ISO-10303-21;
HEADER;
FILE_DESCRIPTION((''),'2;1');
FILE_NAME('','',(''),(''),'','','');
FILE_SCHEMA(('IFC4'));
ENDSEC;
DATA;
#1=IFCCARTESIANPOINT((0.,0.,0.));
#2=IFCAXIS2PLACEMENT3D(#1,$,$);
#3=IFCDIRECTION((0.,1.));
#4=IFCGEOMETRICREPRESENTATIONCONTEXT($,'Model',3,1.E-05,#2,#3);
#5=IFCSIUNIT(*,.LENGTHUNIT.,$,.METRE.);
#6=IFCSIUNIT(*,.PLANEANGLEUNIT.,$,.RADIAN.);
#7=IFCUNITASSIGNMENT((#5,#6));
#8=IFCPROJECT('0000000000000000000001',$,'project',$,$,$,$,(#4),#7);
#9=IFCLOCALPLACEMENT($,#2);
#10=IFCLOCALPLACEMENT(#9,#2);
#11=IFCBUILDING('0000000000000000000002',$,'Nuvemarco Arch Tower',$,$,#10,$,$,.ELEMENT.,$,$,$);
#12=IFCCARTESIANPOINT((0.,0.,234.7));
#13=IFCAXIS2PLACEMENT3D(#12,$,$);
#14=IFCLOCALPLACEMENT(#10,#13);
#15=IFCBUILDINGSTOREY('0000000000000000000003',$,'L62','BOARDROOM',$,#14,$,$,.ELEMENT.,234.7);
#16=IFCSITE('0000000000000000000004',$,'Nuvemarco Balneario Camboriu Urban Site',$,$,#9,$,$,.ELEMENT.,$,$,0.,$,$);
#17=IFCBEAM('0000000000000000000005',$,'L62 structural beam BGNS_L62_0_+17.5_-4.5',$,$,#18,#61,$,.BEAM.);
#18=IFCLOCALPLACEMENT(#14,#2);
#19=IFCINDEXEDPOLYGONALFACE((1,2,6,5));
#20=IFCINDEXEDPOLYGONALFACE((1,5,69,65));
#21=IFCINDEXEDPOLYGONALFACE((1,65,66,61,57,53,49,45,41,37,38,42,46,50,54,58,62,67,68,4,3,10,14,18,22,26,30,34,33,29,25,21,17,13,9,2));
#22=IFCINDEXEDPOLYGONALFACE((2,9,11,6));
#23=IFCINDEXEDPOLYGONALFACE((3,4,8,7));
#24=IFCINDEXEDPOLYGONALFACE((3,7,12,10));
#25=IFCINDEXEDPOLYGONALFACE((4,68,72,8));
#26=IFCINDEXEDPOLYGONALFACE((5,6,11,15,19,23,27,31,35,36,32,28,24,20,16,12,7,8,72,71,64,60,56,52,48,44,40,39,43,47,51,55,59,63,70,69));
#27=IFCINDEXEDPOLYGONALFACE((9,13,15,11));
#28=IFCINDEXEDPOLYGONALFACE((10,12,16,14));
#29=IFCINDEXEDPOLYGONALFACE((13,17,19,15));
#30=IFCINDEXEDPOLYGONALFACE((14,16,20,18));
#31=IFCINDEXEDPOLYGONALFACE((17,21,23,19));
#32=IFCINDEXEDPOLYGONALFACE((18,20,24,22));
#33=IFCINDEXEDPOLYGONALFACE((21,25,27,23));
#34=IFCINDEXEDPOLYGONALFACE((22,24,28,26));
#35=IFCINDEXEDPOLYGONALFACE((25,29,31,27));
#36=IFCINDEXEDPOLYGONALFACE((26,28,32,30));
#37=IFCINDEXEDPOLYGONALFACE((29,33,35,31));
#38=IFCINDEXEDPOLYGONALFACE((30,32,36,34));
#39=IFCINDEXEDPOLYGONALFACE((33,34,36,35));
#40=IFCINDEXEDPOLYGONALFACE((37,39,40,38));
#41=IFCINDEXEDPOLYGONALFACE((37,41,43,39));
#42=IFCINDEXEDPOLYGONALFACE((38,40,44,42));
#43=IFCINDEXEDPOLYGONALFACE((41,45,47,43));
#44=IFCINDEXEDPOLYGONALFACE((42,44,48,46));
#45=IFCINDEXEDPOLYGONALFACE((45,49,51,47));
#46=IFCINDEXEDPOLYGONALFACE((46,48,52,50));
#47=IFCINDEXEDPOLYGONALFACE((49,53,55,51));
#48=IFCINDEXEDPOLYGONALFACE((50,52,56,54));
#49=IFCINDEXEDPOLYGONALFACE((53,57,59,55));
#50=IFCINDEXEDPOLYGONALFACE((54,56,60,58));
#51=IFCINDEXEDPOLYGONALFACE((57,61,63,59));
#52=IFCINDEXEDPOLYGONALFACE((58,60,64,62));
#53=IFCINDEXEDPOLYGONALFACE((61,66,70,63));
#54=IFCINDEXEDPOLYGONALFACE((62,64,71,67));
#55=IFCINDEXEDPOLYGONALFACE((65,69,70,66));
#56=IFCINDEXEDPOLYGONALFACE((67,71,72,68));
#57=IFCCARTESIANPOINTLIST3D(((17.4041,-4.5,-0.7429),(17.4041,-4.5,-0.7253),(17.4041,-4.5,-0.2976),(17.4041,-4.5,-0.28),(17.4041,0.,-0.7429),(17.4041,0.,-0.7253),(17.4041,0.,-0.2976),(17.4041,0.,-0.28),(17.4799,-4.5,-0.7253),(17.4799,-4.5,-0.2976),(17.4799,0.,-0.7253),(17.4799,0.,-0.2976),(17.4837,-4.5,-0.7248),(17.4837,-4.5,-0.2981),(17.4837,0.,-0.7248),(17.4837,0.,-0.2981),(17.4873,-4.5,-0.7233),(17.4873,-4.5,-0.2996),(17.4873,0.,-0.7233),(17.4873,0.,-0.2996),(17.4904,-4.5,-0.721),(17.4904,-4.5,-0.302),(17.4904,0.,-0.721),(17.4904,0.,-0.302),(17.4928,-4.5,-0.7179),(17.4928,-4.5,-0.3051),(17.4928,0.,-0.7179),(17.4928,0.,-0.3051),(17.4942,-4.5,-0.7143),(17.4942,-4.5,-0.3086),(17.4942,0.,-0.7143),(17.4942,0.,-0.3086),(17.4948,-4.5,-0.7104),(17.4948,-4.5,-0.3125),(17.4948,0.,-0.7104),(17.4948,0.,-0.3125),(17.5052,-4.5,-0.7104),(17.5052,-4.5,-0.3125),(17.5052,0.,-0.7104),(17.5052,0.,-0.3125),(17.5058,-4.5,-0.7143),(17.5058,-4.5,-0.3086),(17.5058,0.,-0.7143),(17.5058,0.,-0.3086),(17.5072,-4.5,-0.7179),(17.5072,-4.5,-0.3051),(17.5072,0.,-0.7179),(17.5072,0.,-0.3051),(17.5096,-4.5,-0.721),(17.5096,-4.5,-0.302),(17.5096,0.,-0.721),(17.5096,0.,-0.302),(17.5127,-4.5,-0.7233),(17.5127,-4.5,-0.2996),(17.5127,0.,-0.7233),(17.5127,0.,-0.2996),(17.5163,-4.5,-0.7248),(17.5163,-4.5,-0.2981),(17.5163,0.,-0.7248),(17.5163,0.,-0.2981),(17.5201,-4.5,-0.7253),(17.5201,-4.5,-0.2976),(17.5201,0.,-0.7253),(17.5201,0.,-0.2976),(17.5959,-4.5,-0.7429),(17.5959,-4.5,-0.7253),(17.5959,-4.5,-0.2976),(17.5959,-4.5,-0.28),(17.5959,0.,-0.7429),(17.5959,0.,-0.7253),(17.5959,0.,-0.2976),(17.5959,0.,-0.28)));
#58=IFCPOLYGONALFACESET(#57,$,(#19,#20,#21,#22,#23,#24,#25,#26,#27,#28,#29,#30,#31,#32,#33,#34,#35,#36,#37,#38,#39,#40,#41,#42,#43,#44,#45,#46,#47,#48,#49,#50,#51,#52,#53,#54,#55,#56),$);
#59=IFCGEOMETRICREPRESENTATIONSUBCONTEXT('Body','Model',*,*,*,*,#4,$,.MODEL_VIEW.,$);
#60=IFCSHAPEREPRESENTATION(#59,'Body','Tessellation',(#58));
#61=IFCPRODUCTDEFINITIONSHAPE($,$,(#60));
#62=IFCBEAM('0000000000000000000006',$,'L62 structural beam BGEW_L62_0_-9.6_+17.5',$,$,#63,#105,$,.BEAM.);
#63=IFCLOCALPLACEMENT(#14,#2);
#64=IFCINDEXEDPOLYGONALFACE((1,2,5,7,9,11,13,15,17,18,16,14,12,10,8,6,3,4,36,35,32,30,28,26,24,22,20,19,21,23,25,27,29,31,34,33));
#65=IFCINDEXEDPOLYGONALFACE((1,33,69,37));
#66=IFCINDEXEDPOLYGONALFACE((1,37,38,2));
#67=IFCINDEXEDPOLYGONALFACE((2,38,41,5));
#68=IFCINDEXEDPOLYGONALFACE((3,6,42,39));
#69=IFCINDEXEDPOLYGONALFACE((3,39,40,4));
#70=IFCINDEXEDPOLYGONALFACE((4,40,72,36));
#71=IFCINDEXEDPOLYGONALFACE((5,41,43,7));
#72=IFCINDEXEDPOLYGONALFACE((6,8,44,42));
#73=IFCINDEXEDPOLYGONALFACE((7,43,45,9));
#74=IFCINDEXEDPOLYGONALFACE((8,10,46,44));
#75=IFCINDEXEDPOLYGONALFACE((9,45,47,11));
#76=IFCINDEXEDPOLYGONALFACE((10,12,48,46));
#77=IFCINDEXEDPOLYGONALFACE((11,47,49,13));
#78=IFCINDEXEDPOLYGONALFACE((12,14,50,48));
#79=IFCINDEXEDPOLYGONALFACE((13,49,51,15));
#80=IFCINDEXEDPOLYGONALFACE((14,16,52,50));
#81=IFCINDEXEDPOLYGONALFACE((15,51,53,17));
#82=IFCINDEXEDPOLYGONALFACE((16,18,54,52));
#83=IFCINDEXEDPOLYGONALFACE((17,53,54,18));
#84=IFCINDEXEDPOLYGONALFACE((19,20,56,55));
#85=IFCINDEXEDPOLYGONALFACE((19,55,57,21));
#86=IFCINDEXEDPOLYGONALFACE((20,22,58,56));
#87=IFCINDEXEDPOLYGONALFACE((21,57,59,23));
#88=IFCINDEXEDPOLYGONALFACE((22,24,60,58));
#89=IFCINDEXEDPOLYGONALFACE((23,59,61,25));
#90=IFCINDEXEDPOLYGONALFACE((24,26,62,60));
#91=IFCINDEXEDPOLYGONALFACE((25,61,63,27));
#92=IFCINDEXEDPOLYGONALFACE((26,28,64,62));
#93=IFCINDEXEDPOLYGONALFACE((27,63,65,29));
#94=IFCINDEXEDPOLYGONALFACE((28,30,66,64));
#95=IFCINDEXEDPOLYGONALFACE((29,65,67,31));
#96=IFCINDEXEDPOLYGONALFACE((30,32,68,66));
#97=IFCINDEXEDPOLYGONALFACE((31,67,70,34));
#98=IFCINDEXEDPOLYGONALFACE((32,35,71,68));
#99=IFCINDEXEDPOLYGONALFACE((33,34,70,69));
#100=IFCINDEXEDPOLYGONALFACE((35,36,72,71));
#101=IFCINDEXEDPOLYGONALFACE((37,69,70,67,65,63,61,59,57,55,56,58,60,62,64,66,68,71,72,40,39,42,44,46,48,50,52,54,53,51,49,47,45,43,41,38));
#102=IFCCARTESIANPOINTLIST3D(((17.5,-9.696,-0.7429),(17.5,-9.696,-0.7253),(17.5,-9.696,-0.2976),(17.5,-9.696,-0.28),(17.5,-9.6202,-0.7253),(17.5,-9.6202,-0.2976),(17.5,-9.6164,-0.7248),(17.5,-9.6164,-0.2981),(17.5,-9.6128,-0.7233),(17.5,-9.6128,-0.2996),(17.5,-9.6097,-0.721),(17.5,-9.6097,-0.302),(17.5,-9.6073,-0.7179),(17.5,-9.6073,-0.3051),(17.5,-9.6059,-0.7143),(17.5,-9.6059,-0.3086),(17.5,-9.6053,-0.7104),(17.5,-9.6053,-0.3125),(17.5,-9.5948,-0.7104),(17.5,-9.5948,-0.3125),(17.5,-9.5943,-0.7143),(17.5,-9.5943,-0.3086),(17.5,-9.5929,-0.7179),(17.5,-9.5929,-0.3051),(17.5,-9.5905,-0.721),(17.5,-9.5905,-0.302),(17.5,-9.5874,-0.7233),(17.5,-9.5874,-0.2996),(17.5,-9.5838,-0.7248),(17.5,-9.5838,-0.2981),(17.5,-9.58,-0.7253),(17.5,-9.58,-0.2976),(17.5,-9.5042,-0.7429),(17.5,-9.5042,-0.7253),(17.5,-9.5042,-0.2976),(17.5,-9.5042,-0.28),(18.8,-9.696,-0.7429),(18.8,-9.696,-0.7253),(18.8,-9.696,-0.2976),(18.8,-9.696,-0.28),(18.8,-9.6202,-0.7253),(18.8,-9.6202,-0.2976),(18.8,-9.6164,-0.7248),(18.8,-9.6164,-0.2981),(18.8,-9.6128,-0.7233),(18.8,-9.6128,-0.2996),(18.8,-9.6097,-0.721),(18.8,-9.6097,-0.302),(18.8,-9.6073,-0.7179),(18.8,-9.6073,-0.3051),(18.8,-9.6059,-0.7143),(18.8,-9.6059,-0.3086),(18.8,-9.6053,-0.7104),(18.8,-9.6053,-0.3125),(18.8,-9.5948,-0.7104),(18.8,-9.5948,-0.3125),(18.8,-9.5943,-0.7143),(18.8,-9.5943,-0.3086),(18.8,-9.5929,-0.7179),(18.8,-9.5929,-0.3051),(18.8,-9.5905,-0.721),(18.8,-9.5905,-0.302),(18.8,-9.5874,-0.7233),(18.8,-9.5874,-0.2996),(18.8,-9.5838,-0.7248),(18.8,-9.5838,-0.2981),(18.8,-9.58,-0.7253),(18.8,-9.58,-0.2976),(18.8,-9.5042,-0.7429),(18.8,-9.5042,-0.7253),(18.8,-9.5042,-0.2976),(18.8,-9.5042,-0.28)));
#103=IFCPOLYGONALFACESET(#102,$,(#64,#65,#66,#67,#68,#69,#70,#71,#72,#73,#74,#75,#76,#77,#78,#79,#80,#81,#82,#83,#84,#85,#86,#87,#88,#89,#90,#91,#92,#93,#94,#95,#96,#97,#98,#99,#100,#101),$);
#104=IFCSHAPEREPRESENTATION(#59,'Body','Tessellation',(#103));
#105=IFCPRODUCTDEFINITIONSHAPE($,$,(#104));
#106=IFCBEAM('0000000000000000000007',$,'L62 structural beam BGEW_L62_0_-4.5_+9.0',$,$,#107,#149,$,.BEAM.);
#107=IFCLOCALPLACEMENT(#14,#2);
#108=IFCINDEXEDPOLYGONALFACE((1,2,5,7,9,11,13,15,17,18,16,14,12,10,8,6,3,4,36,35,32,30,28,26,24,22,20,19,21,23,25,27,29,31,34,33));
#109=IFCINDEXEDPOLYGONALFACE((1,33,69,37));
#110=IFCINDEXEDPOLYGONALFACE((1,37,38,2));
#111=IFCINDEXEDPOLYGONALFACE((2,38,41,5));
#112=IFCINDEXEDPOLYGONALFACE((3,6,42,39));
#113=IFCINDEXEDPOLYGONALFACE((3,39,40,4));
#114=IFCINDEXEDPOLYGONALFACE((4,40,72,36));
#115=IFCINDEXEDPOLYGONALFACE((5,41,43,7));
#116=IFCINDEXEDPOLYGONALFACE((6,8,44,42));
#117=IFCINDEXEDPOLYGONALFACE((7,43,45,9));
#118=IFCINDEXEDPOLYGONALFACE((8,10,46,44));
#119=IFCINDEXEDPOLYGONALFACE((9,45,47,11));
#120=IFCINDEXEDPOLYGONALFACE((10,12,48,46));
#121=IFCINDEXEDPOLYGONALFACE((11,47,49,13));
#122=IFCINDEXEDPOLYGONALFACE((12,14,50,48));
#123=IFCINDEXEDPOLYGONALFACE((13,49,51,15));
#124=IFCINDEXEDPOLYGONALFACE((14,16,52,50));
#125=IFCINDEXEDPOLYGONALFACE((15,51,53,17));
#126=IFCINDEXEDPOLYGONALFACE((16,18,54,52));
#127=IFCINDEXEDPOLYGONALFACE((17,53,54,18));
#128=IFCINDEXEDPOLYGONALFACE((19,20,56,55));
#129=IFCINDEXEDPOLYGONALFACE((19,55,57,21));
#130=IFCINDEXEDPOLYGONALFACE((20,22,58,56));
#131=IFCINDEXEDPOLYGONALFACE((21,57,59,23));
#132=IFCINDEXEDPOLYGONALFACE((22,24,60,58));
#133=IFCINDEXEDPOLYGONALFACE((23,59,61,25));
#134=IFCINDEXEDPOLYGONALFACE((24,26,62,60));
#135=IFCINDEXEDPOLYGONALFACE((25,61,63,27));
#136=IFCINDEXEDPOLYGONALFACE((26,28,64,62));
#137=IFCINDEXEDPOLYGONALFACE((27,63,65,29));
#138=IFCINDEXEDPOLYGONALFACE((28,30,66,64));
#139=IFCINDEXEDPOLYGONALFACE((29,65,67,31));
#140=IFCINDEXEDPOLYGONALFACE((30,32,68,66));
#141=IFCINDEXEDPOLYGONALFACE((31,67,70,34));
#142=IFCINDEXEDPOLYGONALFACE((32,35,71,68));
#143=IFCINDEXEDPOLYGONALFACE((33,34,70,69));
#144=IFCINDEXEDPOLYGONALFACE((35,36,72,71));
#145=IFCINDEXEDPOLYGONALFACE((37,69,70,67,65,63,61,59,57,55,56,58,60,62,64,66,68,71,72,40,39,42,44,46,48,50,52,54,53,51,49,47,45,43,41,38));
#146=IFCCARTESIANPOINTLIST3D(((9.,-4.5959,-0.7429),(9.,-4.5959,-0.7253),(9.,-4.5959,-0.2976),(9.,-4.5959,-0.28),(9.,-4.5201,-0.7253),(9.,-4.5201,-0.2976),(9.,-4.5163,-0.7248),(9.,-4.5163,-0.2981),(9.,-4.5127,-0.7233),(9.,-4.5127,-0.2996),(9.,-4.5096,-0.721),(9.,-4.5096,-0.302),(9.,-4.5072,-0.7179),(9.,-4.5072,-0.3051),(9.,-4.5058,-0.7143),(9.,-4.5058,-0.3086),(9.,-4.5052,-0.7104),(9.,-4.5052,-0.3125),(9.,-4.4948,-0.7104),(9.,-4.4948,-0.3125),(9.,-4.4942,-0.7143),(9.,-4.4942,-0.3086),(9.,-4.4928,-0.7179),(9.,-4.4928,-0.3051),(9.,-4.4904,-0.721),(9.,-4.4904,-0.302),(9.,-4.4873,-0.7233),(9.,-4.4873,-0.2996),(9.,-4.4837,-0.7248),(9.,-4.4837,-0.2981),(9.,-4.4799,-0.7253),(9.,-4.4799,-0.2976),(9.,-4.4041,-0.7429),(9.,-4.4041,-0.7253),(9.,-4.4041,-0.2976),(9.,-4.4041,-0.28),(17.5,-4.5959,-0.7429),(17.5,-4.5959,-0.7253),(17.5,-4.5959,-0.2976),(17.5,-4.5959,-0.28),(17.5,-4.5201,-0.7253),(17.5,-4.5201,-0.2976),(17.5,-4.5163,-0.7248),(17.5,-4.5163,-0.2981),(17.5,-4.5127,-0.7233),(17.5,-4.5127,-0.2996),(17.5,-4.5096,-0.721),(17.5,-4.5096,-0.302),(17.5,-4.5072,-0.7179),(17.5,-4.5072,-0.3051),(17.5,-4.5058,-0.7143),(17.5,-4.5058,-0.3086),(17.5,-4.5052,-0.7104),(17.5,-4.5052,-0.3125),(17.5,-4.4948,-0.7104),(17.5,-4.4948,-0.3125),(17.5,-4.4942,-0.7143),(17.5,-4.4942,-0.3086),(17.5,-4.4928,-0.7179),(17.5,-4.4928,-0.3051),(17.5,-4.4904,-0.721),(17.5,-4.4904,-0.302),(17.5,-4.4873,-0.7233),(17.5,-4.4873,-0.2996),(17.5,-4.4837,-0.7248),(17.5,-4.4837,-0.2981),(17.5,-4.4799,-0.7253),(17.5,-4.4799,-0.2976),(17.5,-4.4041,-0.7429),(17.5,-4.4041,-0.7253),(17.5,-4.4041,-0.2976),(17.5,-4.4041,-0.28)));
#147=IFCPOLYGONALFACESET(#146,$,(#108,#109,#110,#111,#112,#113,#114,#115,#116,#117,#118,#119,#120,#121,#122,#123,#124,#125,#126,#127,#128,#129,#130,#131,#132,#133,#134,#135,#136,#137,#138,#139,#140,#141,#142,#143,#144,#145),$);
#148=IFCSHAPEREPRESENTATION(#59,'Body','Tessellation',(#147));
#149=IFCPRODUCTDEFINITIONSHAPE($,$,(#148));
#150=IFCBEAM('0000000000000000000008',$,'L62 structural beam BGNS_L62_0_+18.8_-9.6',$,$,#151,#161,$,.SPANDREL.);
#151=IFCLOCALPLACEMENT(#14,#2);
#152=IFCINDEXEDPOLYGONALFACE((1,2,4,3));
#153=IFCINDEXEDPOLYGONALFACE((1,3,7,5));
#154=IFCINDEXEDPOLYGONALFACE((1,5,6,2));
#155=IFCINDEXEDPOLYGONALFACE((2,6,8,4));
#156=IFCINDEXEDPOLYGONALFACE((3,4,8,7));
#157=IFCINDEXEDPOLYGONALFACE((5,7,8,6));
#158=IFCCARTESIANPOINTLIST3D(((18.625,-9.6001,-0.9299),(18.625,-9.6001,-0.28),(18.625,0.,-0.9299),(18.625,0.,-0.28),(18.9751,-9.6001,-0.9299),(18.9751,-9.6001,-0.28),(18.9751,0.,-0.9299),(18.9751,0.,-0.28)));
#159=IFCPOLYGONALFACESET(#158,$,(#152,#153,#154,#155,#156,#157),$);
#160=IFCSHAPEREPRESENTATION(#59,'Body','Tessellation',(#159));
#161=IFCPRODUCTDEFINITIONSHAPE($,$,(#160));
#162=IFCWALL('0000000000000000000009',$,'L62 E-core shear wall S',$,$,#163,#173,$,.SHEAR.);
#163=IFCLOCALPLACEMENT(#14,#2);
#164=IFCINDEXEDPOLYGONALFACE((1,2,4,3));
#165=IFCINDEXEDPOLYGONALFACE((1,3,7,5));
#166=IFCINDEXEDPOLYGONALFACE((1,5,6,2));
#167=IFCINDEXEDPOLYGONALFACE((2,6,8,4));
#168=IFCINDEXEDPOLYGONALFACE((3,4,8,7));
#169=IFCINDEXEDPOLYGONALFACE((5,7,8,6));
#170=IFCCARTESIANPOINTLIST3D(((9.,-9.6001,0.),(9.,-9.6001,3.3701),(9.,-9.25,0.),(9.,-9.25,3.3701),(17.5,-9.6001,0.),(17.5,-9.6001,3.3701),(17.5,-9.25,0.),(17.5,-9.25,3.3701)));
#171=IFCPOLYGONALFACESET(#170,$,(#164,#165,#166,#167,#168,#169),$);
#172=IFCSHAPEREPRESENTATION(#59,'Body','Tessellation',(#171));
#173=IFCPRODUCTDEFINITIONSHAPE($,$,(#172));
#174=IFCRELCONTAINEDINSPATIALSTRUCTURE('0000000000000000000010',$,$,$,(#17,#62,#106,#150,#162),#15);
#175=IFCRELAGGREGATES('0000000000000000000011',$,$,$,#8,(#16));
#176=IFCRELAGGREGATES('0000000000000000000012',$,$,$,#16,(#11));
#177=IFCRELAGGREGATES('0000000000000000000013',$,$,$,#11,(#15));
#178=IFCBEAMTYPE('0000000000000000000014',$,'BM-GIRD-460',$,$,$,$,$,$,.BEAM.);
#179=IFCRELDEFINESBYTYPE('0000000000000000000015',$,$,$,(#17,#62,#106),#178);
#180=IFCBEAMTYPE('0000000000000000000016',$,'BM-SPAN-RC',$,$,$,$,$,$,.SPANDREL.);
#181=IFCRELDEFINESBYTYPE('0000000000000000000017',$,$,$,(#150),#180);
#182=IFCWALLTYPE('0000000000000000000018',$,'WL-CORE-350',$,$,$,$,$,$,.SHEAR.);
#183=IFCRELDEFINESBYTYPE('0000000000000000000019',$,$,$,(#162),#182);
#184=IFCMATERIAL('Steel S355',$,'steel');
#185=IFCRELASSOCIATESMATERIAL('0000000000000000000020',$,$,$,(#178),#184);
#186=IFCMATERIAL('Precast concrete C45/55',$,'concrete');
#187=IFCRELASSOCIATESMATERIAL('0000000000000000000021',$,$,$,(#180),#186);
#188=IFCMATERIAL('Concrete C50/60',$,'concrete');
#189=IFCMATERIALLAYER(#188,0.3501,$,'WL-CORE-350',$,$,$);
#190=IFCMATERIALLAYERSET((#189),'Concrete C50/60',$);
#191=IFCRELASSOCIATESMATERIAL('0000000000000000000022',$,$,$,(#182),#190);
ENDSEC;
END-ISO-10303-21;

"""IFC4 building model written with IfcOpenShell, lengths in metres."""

from ifc_helpers import new_model, si_unit, direction, frame, frame_2d, origin, origin_2d, place, context, subcontext, project, spatial, rectangle, i_section, extrude, material, layer, layer_set, material_profile, profile_set, type_object, element, save


model = new_model("IFC4")

# Units and contexts
model_context = context("Model", 3, precision=1e-05, world=origin(), true_north=direction((0.0, 1.0)))
body_context = subcontext(model_context, "Body", "Model", "MODEL_VIEW")
ifc_project = project(units=[si_unit("LENGTHUNIT", "METRE"), si_unit("PLANEANGLEUNIT", "RADIAN")], contexts=[model_context])

# Site, building, storey
site_placement = place(None, origin())
site = spatial("IfcSite", under=ifc_project, at=site_placement, Name="Nuvemarco Balneario Camboriu Urban Site", CompositionType="ELEMENT", RefElevation=0.0)
building_placement = place(site_placement, origin())
building = spatial("IfcBuilding", under=site, at=building_placement, Name="Nuvemarco Arch Tower", CompositionType="ELEMENT")
storey_placement = place(building_placement, frame((0.0, 0.0, 234.7)))
storey = spatial("IfcBuildingStorey", under=building, at=storey_placement, Name="L62", Description="BOARDROOM", CompositionType="ELEMENT", Elevation=234.7)

# Shared definitions
ifc_material_1 = material(Name="Concrete C50/60", Category="concrete")
ifc_material_2 = material(Name="Steel S355", Category="steel")

# Beams
ifc_material_profile_1 = material_profile(ifc_material_2, i_section(OverallWidth=0.1919, OverallDepth=0.4629, WebThickness=0.0105, FlangeThickness=0.0176, FilletRadius=0.0149, at=origin_2d()), Name="W460x89")
ifc_profile_set_1 = profile_set([ifc_material_profile_1], Name="Steel S355")
beam_type_1 = type_object("IfcBeamType", Name="BM-GIRD-460", PredefinedType="BEAM", material=ifc_profile_set_1)
beam_1_placement = place(storey_placement, frame((17.5, -4.5, -0.5115), z_axis=(0.0, 1.0, 0.0), x_axis=(-1.0, 0.0, 0.0)))
element("IfcBeam", 1, at=beam_1_placement, inside=storey, type_object=beam_type_1, Name="L62 structural beam BGNS_L62_0_+17.5_-4.5", PredefinedType="BEAM", context=body_context, shape_type="SweptSolid", body=[
    extrude(i_section(OverallWidth=0.1919, OverallDepth=0.4629, WebThickness=0.0105, FlangeThickness=0.0176, FilletRadius=0.0149, at=origin_2d()), origin(), (0.0, 0.0, 1.0), 4.5),
])
beam_2_placement = place(storey_placement, frame((17.5, -9.6001, -0.5115), z_axis=(1.0, 0.0, 0.0), x_axis=(0.0, 1.0, 0.0)))
element("IfcBeam", 2, at=beam_2_placement, inside=storey, type_object=beam_type_1, Name="L62 structural beam BGEW_L62_0_-9.6_+17.5", PredefinedType="BEAM", context=body_context, shape_type="SweptSolid", body=[
    extrude(i_section(OverallWidth=0.1919, OverallDepth=0.4629, WebThickness=0.0105, FlangeThickness=0.0176, FilletRadius=0.0149, at=origin_2d()), origin(), (0.0, 0.0, 1.0), 1.3),
])
beam_3_placement = place(storey_placement, frame((9.0, -4.5, -0.5115), z_axis=(1.0, 0.0, 0.0), x_axis=(0.0, 1.0, 0.0)))
element("IfcBeam", 3, at=beam_3_placement, inside=storey, type_object=beam_type_1, Name="L62 structural beam BGEW_L62_0_-4.5_+9.0", PredefinedType="BEAM", context=body_context, shape_type="SweptSolid", body=[
    extrude(i_section(OverallWidth=0.1919, OverallDepth=0.4629, WebThickness=0.0105, FlangeThickness=0.0176, FilletRadius=0.0149, at=origin_2d()), origin(), (0.0, 0.0, 1.0), 8.5),
])
ifc_material_3 = material(Name="Precast concrete C45/55", Category="concrete")
ifc_material_profile_2 = material_profile(ifc_material_3, rectangle(XDim=0.3501, YDim=0.6499, at=origin_2d()), Name="PC-SP-350x650")
ifc_profile_set_2 = profile_set([ifc_material_profile_2], Name="Precast concrete C45/55")
beam_type_2 = type_object("IfcBeamType", Name="BM-SPAN-RC", PredefinedType="SPANDREL", material=ifc_profile_set_2)
beam_4_placement = place(storey_placement, frame((18.8, -9.6001, -0.605), z_axis=(0.0, 1.0, 0.0), x_axis=(-1.0, 0.0, 0.0)))
element("IfcBeam", 4, at=beam_4_placement, inside=storey, type_object=beam_type_2, Name="L62 structural beam BGNS_L62_0_+18.8_-9.6", PredefinedType="SPANDREL", context=body_context, shape_type="SweptSolid", body=[
    extrude(rectangle(XDim=0.3501, YDim=0.6499, at=origin_2d()), origin(), (0.0, 0.0, 1.0), 9.6001),
])

# Wall
ifc_layer_1 = layer(ifc_material_1, 0.3501, Name="WL-CORE-350")
ifc_layer_set_1 = layer_set([ifc_layer_1], Name="Concrete C50/60")
wall_type_1 = type_object("IfcWallType", Name="WL-CORE-350", PredefinedType="SHEAR", material=ifc_layer_set_1)
wall_1_placement = place(storey_placement, frame((9.0, -9.425, 0.0), z_axis=(0.0, 0.0, 1.0), x_axis=(1.0, 0.0, 0.0)))
element("IfcWall", 5, at=wall_1_placement, inside=storey, type_object=wall_type_1, Name="L62 E-core shear wall S", PredefinedType="SHEAR", context=body_context, shape_type="SweptSolid", body=[
    extrude(rectangle(XDim=8.5, YDim=0.3501, at=frame_2d((4.25, 0.0))), origin(), (0.0, 0.0, 1.0), 3.3701),
])

save(model, "model.ifc")
